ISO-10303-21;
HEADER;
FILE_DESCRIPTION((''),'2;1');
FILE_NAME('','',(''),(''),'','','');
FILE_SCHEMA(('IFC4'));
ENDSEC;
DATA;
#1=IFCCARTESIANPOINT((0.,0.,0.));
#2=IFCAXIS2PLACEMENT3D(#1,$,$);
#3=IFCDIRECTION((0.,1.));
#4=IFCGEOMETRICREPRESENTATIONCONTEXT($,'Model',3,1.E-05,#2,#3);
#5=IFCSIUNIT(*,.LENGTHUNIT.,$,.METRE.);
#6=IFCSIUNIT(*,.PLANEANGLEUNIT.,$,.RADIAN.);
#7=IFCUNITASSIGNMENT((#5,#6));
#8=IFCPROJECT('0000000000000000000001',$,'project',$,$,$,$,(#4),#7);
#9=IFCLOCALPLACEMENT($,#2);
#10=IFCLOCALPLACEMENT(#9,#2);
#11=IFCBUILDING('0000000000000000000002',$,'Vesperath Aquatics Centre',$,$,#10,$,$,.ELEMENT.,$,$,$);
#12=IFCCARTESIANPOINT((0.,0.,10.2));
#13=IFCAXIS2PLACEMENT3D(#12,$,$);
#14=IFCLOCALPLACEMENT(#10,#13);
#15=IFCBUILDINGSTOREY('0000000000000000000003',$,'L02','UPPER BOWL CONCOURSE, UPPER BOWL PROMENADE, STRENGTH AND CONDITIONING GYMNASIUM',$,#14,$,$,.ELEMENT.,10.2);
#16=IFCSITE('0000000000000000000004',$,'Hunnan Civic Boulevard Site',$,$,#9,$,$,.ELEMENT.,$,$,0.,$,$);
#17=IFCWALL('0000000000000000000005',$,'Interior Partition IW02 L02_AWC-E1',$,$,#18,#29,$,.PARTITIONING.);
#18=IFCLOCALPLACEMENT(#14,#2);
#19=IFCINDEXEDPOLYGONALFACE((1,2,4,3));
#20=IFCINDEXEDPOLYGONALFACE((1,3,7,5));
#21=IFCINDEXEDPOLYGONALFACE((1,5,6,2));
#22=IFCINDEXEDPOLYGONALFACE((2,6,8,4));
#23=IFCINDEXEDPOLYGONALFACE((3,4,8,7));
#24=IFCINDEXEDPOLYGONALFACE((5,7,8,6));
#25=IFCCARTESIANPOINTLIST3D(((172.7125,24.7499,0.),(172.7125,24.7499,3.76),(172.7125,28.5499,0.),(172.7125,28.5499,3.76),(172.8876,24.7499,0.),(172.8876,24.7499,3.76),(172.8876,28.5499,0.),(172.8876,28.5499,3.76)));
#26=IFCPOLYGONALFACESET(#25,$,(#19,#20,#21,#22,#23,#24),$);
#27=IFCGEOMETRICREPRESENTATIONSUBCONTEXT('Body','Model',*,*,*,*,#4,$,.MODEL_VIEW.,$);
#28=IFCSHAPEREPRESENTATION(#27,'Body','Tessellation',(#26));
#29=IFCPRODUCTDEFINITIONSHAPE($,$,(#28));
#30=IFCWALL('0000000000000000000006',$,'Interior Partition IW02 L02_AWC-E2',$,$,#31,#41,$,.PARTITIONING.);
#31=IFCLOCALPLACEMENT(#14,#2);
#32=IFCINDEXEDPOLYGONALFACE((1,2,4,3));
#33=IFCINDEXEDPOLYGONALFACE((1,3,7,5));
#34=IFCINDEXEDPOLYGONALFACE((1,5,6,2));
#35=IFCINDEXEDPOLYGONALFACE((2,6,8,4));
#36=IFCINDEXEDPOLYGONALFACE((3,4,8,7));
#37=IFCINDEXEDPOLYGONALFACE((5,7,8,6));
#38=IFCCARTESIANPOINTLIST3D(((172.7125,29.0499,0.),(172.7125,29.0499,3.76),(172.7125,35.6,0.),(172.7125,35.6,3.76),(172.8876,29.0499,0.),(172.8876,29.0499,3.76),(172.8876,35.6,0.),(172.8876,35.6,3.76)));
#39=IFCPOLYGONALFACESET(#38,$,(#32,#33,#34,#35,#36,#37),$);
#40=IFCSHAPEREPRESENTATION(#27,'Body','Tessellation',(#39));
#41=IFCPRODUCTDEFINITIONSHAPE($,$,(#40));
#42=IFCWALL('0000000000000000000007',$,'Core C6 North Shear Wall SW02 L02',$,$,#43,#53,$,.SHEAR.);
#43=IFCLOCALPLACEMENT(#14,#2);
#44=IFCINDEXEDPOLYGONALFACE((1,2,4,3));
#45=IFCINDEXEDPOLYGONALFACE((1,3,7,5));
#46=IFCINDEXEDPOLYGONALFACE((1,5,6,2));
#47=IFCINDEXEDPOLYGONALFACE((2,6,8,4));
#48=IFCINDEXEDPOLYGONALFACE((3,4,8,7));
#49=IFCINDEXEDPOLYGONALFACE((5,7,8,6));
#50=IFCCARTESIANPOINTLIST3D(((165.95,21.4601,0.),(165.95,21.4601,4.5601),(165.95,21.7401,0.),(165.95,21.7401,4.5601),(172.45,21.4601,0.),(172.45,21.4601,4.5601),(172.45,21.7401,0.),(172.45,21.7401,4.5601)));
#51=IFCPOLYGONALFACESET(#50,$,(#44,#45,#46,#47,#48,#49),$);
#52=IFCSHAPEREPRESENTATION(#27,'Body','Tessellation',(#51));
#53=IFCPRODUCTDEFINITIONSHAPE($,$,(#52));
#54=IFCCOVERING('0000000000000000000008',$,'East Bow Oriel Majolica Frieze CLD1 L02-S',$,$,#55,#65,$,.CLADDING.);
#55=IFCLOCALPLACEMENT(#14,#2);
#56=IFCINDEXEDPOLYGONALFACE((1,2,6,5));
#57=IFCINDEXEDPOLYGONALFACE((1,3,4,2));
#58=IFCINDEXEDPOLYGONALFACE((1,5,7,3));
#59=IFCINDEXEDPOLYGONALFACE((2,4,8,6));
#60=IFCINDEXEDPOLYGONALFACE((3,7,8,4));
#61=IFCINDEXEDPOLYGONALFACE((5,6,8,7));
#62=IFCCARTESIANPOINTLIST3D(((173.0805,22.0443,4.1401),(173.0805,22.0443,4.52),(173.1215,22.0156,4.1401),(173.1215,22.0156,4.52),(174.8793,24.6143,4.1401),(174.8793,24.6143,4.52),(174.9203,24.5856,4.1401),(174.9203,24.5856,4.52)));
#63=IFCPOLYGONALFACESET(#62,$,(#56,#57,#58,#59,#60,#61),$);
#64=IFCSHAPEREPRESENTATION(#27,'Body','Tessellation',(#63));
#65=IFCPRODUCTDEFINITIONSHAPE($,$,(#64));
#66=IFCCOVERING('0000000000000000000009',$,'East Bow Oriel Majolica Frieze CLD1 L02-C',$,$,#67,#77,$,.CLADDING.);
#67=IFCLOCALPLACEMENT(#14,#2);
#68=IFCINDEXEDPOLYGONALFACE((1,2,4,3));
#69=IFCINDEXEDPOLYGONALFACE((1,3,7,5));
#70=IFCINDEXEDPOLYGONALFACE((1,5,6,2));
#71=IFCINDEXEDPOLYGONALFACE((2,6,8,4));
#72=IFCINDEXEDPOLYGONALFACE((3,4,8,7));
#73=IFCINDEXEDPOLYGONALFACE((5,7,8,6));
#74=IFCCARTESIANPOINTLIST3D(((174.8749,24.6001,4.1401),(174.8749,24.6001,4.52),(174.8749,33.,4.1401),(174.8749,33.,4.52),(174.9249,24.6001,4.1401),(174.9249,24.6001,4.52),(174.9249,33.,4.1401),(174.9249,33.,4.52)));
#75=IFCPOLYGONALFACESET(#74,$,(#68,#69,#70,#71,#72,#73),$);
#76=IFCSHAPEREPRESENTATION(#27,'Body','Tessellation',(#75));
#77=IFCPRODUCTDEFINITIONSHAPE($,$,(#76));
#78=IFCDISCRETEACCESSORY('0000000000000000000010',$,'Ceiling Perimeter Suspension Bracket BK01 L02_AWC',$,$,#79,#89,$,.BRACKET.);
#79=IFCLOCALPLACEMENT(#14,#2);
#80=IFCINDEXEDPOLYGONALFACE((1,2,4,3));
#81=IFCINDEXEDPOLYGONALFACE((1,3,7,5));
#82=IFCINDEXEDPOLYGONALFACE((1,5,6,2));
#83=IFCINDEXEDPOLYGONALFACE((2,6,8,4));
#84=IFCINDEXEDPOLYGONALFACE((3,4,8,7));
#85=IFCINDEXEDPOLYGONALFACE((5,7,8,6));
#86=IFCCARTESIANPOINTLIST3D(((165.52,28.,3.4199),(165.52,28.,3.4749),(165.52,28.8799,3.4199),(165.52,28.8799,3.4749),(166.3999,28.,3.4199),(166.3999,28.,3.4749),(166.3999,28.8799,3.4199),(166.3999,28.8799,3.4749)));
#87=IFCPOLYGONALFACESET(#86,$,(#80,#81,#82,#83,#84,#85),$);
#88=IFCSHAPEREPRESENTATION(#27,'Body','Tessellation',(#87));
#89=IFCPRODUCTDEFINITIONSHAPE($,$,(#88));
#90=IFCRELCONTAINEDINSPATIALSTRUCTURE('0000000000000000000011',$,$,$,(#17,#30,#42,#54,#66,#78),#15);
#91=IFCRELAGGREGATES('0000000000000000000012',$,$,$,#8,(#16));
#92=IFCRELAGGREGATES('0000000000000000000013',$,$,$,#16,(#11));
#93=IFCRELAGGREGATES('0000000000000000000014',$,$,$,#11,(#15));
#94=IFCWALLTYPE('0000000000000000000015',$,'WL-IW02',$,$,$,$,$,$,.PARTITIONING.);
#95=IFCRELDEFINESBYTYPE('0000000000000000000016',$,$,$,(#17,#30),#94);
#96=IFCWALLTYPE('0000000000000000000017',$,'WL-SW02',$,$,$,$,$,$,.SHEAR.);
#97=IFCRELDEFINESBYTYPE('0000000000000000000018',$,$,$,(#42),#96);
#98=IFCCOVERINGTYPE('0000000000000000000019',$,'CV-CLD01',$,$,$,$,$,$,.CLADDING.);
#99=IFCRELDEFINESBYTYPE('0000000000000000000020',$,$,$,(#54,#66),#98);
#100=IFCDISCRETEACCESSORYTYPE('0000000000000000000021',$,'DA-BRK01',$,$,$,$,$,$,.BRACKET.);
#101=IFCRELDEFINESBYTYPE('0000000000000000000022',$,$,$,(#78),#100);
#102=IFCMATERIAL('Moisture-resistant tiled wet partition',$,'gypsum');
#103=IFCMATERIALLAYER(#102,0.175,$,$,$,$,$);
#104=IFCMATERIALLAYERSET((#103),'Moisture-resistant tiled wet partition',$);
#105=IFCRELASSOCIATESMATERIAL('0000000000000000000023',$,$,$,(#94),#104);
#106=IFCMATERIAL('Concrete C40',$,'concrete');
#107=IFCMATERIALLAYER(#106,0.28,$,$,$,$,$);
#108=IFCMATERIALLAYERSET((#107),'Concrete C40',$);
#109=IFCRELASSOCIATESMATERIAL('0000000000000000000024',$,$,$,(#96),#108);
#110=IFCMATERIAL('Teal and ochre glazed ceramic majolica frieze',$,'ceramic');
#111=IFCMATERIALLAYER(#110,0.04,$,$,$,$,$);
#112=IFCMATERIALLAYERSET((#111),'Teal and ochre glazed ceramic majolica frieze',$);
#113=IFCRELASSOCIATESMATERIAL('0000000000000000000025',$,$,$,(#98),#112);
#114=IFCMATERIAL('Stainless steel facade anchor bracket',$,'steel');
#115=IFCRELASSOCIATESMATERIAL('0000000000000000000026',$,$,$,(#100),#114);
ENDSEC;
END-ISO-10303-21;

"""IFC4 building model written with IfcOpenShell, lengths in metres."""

from ifc_helpers import new_model, si_unit, direction, frame, frame_2d, origin, origin_2d, place, context, subcontext, project, spatial, rectangle, extrude, material, layer, layer_set, type_object, element, save


model = new_model("IFC4")

# Units and contexts
model_context = context("Model", 3, precision=1e-05, world=origin(), true_north=direction((0.0, 1.0)))
body_context = subcontext(model_context, "Body", "Model", "MODEL_VIEW")
ifc_project = project(units=[si_unit("LENGTHUNIT", "METRE"), si_unit("PLANEANGLEUNIT", "RADIAN")], contexts=[model_context])

# Site, building, storey
site_placement = place(None, origin())
site = spatial("IfcSite", under=ifc_project, at=site_placement, Name="Hunnan Civic Boulevard Site", CompositionType="ELEMENT", RefElevation=0.0)
building_placement = place(site_placement, origin())
building = spatial("IfcBuilding", under=site, at=building_placement, Name="Vesperath Aquatics Centre", CompositionType="ELEMENT")
storey_placement = place(building_placement, frame((0.0, 0.0, 10.2)))
storey = spatial("IfcBuildingStorey", under=building, at=storey_placement, Name="L02", Description="UPPER BOWL CONCOURSE, UPPER BOWL PROMENADE, STRENGTH AND CONDITIONING GYMNASIUM", CompositionType="ELEMENT", Elevation=10.2)

# Shared definitions
ifc_material_1 = material(Name="Concrete C40", Category="concrete")

# Walls
ifc_material_2 = material(Name="Moisture-resistant tiled wet partition", Category="gypsum")
ifc_layer_1 = layer(ifc_material_2, 0.175)
ifc_layer_set_1 = layer_set([ifc_layer_1], Name="Moisture-resistant tiled wet partition")
wall_type_1 = type_object("IfcWallType", Name="WL-IW02", PredefinedType="PARTITIONING", material=ifc_layer_set_1)
wall_1_placement = place(storey_placement, frame((172.8, 24.75, 0.0), z_axis=(0.0, 0.0, 1.0), x_axis=(0.0, 1.0, 0.0)))
element("IfcWall", 1, at=wall_1_placement, inside=storey, type_object=wall_type_1, Name="Interior Partition IW02 L02_AWC-E1", PredefinedType="PARTITIONING", context=body_context, shape_type="SweptSolid", body=[
    extrude(rectangle(XDim=3.8, YDim=0.175, at=frame_2d((1.8999, 0.0))), origin(), (0.0, 0.0, 1.0), 3.76),
])
wall_2_placement = place(storey_placement, frame((172.8, 29.05, 0.0), z_axis=(0.0, 0.0, 1.0), x_axis=(0.0, 1.0, 0.0)))
element("IfcWall", 2, at=wall_2_placement, inside=storey, type_object=wall_type_1, Name="Interior Partition IW02 L02_AWC-E2", PredefinedType="PARTITIONING", context=body_context, shape_type="SweptSolid", body=[
    extrude(rectangle(XDim=6.55, YDim=0.175, at=frame_2d((3.2749, 0.0))), origin(), (0.0, 0.0, 1.0), 3.76),
])
ifc_layer_2 = layer(ifc_material_1, 0.28)
ifc_layer_set_2 = layer_set([ifc_layer_2], Name="Concrete C40")
wall_type_2 = type_object("IfcWallType", Name="WL-SW02", PredefinedType="SHEAR", material=ifc_layer_set_2)
wall_3_placement = place(storey_placement, frame((165.95, 21.6001, 0.0), z_axis=(0.0, 0.0, 1.0), x_axis=(1.0, 0.0, 0.0)))
element("IfcWall", 3, at=wall_3_placement, inside=storey, type_object=wall_type_2, Name="Core C6 North Shear Wall SW02 L02", PredefinedType="SHEAR", context=body_context, shape_type="SweptSolid", body=[
    extrude(rectangle(XDim=6.5, YDim=0.28, at=frame_2d((3.25, 0.0))), origin(), (0.0, 0.0, 1.0), 4.5601),
])

# Coverings
ifc_material_3 = material(Name="Teal and ochre glazed ceramic majolica frieze", Category="ceramic")
ifc_layer_3 = layer(ifc_material_3, 0.04)
ifc_layer_set_3 = layer_set([ifc_layer_3], Name="Teal and ochre glazed ceramic majolica frieze")
covering_type = type_object("IfcCoveringType", Name="CV-CLD01", PredefinedType="CLADDING", material=ifc_layer_set_3)
covering_1_placement = place(storey_placement, frame((173.1011, 22.03, 4.1401), z_axis=(0.0, 0.0, 1.0), x_axis=(0.573415, 0.819265, 0.0)))
element("IfcCovering", 4, at=covering_1_placement, inside=storey, type_object=covering_type, Name="East Bow Oriel Majolica Frieze CLD1 L02-S", PredefinedType="CLADDING", context=body_context, shape_type="SweptSolid", body=[
    extrude(rectangle(XDim=3.137, YDim=0.05, at=frame_2d((1.5684, 0.0))), origin(), (0.0, 0.0, 1.0), 0.3799),
])
covering_2_placement = place(storey_placement, frame((174.8999, 24.6001, 4.1401), z_axis=(0.0, 0.0, 1.0), x_axis=(0.0, 1.0, 0.0)))
element("IfcCovering", 5, at=covering_2_placement, inside=storey, type_object=covering_type, Name="East Bow Oriel Majolica Frieze CLD1 L02-C", PredefinedType="CLADDING", context=body_context, shape_type="SweptSolid", body=[
    extrude(rectangle(XDim=8.3999, YDim=0.05, at=frame_2d((4.2, 0.0))), origin(), (0.0, 0.0, 1.0), 0.3799),
])

# Discrete accessory
ifc_material_4 = material(Name="Stainless steel facade anchor bracket", Category="steel")
discrete_accessory_type = type_object("IfcDiscreteAccessoryType", Name="DA-BRK01", PredefinedType="BRACKET", material=ifc_material_4)
discrete_accessory_placement = place(storey_placement, frame((165.96, 28.4399, 3.4199), z_axis=(0.0, 0.0, 1.0), x_axis=(1.0, 0.0, 0.0)))
element("IfcDiscreteAccessory", 6, at=discrete_accessory_placement, inside=storey, type_object=discrete_accessory_type, Name="Ceiling Perimeter Suspension Bracket BK01 L02_AWC", PredefinedType="BRACKET", context=body_context, shape_type="SweptSolid", body=[
    extrude(rectangle(XDim=0.8799, YDim=0.8799, at=origin_2d()), origin(), (0.0, 0.0, 1.0), 0.0549),
])

save(model, "model.ifc")
